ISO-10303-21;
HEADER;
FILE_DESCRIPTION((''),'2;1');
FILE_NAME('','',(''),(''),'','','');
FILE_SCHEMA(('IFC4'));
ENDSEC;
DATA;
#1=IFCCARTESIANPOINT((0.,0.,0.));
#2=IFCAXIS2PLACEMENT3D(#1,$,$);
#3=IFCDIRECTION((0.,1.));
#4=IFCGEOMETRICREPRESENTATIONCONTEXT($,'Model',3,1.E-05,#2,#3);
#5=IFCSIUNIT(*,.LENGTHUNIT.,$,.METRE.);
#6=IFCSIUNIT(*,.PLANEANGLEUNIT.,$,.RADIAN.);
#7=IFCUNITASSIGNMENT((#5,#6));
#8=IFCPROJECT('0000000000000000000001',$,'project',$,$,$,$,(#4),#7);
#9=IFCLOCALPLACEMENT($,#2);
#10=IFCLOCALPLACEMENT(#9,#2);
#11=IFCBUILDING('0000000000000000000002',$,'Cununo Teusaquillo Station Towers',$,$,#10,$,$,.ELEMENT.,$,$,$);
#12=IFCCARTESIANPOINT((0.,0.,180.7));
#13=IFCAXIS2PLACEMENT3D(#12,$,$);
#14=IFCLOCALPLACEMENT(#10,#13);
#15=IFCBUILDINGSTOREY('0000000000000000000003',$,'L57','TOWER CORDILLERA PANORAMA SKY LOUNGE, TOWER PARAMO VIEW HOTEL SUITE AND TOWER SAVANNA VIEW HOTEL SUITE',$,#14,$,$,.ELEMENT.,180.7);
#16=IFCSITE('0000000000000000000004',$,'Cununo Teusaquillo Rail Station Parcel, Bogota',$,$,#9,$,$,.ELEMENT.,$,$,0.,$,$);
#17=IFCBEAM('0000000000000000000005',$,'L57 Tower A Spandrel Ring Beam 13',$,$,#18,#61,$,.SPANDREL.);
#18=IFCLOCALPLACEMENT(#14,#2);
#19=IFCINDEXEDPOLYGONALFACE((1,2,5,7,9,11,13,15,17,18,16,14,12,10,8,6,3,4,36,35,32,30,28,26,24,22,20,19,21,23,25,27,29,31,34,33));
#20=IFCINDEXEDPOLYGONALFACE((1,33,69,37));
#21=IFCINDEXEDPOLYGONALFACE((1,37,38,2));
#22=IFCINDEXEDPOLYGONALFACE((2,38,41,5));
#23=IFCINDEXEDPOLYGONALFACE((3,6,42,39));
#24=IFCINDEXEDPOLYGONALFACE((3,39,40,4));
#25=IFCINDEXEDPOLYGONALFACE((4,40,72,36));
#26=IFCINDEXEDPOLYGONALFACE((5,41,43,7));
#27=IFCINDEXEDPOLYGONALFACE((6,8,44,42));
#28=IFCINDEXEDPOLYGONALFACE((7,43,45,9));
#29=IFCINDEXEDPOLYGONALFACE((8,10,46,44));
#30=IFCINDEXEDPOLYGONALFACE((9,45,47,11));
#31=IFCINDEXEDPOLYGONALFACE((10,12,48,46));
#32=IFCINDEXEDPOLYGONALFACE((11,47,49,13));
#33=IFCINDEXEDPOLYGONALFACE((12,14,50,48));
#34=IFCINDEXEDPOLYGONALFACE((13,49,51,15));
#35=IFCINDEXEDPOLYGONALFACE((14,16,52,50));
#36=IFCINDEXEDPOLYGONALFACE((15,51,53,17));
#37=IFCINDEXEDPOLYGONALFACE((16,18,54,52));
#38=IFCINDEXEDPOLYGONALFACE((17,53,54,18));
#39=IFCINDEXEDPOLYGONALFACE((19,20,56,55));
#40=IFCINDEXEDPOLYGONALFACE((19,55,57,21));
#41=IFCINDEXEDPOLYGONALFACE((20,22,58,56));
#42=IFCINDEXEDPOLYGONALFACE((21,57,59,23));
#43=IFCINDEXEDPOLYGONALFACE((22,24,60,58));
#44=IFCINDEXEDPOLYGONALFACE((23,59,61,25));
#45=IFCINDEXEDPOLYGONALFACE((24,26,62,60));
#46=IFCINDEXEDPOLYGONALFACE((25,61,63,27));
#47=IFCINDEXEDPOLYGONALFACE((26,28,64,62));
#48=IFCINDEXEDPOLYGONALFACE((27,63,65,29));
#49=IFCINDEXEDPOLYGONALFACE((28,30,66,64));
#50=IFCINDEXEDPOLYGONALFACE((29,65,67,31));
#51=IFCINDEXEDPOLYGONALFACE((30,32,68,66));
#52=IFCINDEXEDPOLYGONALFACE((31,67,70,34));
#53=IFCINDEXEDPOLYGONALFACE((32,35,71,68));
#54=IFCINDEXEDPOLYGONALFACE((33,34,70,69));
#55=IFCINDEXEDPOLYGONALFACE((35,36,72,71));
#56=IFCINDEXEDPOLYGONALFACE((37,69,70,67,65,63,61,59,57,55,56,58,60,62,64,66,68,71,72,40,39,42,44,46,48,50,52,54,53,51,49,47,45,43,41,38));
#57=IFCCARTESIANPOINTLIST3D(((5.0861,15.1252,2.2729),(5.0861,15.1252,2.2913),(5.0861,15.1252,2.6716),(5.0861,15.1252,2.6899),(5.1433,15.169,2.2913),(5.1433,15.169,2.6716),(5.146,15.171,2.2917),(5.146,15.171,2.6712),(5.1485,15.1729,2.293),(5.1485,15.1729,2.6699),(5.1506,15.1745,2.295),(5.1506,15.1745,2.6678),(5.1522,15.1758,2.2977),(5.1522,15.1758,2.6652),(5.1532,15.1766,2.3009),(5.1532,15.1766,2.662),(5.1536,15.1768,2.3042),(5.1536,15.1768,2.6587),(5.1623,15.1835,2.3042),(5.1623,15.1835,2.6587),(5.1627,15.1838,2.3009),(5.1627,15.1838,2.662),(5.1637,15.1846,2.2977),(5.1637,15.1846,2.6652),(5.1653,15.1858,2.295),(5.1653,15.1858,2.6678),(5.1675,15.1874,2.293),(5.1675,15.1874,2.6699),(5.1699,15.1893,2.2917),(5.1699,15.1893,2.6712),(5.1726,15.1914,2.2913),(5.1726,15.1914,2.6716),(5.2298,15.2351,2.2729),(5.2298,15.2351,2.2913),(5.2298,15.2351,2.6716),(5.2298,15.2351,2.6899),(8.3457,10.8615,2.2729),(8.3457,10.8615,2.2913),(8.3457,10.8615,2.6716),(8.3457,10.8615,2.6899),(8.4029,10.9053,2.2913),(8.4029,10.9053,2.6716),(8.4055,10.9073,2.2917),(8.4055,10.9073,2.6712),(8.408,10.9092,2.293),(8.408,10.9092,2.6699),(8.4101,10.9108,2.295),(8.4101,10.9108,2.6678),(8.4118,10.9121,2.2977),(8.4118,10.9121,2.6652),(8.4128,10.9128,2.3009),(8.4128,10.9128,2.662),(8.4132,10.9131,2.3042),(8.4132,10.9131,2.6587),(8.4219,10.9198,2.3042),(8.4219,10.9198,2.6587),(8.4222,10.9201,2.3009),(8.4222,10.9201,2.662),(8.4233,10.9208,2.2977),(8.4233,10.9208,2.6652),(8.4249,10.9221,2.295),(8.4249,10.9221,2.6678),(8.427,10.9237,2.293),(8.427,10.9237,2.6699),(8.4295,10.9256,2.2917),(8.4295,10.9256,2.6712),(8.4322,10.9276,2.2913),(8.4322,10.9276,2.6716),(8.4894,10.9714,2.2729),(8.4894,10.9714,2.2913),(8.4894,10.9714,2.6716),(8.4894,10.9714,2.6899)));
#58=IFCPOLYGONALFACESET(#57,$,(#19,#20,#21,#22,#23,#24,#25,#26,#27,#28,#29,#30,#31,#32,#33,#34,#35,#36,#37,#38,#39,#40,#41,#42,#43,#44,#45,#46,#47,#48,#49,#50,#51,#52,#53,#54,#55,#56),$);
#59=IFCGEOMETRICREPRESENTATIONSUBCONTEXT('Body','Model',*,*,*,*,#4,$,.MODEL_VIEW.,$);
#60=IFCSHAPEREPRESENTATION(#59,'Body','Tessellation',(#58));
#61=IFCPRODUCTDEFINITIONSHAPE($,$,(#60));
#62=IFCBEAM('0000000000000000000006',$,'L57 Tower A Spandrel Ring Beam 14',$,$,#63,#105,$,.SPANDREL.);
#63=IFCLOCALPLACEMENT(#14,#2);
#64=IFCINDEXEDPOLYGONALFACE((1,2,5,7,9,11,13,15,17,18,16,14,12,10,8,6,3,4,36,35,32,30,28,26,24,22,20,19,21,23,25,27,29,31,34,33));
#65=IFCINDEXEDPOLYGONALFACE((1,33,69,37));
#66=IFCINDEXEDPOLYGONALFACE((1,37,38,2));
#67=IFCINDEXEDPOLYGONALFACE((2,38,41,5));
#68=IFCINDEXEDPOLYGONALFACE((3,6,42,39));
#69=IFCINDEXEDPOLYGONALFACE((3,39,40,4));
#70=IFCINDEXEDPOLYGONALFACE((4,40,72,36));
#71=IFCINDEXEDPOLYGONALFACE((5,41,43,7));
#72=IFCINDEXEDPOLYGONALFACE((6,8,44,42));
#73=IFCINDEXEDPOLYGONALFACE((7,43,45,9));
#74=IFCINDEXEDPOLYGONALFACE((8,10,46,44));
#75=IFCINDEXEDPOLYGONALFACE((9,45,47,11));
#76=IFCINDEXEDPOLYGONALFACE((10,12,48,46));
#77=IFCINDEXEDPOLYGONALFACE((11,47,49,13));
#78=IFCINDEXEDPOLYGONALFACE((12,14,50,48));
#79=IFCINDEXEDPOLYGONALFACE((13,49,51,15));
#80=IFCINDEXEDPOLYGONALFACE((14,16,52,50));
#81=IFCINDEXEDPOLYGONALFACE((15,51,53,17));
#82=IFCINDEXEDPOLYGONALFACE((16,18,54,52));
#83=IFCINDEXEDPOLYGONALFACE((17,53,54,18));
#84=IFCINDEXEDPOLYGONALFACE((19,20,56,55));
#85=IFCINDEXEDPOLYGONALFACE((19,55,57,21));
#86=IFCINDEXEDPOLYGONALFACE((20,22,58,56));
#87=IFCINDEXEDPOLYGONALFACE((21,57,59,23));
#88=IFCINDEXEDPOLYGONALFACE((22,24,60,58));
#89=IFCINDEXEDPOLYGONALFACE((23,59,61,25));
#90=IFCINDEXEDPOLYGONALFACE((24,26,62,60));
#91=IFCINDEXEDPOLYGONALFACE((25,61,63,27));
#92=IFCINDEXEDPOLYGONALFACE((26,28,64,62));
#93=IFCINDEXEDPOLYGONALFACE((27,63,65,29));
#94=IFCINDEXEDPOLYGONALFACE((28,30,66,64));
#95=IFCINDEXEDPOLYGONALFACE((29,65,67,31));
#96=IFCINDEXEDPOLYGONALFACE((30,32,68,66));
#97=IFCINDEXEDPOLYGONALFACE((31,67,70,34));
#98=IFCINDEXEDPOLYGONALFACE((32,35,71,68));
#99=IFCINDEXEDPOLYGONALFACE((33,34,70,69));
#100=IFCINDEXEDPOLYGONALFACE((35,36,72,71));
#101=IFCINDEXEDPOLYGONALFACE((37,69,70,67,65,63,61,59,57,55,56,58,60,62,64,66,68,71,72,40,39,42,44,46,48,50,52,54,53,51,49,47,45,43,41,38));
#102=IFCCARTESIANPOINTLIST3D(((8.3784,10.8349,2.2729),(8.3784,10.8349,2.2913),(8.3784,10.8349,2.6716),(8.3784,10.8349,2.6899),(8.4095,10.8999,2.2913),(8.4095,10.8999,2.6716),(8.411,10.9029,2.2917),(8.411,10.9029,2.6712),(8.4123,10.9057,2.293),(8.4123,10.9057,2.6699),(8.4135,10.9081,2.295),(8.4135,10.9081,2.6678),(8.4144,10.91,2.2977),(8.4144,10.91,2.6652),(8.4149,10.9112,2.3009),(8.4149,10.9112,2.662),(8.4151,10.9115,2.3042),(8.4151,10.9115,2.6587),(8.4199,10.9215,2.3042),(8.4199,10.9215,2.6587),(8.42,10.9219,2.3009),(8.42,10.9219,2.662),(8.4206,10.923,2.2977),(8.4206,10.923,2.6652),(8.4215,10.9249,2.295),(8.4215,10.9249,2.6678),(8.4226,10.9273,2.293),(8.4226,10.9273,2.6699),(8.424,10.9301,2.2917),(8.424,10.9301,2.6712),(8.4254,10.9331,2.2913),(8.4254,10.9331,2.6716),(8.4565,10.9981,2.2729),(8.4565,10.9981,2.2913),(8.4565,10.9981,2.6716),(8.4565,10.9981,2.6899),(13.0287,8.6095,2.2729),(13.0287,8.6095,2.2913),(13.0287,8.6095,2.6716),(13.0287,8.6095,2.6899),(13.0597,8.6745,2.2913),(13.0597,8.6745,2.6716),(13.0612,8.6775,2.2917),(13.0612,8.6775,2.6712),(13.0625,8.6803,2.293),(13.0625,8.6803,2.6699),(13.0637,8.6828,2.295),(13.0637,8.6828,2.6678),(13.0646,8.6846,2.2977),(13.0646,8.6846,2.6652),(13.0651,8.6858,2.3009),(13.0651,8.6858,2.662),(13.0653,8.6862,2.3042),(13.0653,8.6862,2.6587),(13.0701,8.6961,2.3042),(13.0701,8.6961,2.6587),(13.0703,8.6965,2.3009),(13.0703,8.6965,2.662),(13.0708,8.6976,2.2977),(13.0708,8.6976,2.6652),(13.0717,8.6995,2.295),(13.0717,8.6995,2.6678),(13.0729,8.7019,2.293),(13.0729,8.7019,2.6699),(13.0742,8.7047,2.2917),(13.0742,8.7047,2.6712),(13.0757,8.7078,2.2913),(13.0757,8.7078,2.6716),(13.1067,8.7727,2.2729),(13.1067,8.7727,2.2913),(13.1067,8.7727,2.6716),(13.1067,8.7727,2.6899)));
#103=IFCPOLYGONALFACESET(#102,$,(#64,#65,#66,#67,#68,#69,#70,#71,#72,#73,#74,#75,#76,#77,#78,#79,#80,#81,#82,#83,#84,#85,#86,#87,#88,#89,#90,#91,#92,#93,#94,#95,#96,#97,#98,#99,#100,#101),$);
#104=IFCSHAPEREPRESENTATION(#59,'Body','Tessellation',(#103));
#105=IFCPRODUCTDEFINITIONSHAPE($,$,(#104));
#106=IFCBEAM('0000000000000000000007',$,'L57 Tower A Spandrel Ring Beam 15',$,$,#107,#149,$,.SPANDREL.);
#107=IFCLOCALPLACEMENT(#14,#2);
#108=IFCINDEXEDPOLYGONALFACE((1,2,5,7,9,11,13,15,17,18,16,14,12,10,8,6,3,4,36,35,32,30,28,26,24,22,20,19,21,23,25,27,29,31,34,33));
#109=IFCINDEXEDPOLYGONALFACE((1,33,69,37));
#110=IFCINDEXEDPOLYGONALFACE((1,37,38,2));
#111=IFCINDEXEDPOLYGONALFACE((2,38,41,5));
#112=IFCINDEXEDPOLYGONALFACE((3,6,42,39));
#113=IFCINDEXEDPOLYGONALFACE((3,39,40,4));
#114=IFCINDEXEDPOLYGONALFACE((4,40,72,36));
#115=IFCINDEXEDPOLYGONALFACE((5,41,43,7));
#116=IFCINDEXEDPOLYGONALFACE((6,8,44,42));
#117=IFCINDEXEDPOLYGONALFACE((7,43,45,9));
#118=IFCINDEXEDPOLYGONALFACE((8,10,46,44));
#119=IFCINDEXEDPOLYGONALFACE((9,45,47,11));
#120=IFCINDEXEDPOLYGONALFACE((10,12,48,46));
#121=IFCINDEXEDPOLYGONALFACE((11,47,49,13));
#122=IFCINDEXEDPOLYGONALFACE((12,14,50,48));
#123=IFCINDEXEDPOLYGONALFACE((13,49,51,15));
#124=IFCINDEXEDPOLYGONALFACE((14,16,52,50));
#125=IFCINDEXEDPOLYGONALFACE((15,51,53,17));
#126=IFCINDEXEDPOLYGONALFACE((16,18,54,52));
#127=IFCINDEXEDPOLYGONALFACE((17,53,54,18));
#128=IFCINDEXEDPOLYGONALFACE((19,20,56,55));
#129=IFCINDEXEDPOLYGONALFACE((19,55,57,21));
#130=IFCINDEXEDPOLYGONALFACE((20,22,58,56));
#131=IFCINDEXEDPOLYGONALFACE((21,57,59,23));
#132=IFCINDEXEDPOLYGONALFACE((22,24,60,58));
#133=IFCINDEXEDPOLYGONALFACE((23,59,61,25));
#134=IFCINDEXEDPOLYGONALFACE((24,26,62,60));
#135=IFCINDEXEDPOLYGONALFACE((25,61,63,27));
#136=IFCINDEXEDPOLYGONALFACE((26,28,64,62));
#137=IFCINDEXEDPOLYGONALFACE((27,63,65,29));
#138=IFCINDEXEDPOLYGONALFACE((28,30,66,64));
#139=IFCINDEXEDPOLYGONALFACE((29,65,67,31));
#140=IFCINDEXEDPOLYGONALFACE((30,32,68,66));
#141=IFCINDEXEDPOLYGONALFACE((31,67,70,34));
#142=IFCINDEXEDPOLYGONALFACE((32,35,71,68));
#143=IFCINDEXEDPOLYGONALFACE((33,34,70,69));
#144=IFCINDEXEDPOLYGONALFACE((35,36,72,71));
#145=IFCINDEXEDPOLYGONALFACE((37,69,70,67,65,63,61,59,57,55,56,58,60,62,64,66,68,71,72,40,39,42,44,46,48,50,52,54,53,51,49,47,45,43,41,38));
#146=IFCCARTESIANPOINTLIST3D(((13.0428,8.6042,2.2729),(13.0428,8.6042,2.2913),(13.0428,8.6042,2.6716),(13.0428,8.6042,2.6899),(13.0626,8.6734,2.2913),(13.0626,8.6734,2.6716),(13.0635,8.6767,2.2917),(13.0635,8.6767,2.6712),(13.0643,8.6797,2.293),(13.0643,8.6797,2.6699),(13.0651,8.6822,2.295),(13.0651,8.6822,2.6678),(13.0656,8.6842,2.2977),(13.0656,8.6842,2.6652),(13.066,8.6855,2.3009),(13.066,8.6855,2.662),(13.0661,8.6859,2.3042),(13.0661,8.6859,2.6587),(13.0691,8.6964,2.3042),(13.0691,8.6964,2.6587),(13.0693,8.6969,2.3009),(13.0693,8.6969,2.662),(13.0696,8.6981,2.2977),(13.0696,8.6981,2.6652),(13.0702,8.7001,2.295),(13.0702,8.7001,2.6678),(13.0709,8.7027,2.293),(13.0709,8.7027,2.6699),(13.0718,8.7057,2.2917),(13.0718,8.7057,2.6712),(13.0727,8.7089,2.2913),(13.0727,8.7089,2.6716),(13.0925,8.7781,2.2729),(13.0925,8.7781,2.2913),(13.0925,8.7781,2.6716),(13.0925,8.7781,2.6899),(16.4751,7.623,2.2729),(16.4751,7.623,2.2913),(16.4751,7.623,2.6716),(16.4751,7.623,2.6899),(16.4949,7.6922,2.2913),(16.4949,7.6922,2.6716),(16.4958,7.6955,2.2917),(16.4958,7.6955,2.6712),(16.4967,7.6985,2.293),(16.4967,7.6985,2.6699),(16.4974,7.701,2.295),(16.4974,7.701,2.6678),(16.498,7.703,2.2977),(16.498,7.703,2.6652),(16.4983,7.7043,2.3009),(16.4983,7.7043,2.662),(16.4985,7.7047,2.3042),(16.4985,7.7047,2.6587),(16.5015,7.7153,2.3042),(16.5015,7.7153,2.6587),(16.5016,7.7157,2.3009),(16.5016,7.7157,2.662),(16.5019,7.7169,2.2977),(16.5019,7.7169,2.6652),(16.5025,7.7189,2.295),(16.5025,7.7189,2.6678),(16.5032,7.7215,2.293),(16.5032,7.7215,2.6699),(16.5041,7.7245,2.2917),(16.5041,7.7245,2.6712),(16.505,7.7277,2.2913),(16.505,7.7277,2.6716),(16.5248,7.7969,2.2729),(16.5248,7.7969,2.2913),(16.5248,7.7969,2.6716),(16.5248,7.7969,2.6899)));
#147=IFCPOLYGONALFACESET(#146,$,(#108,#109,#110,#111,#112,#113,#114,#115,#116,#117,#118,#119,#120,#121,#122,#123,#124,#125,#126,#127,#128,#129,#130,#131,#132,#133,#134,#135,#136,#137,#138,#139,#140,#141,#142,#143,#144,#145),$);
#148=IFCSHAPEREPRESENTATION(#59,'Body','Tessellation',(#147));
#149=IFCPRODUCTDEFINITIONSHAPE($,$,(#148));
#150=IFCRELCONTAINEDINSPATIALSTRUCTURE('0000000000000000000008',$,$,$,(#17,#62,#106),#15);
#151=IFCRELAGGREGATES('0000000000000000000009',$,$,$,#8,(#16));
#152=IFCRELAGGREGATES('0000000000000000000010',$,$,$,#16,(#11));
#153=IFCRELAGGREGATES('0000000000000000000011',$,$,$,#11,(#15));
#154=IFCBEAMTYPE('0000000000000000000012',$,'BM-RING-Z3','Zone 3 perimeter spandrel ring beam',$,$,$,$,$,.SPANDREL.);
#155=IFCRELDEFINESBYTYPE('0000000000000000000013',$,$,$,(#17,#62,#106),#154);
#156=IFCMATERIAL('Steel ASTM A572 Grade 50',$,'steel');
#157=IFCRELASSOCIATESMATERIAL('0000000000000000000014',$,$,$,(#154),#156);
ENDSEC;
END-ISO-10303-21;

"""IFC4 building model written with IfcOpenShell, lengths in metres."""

from ifc_helpers import new_model, si_unit, direction, frame, origin, origin_2d, place, context, subcontext, project, spatial, i_section, extrude, material, material_profile, profile_set, type_object, element, save


model = new_model("IFC4")

# Units and contexts
model_context = context("Model", 3, precision=1e-05, world=origin(), true_north=direction((0.0, 1.0)))
body_context = subcontext(model_context, "Body", "Model", "MODEL_VIEW")
ifc_project = project(units=[si_unit("LENGTHUNIT", "METRE"), si_unit("PLANEANGLEUNIT", "RADIAN")], contexts=[model_context])

# Site, building, storey
site_placement = place(None, origin())
site = spatial("IfcSite", under=ifc_project, at=site_placement, Name="Cununo Teusaquillo Rail Station Parcel, Bogota", CompositionType="ELEMENT", RefElevation=0.0)
building_placement = place(site_placement, origin())
building = spatial("IfcBuilding", under=site, at=building_placement, Name="Cununo Teusaquillo Station Towers", CompositionType="ELEMENT")
storey_placement = place(building_placement, frame((0.0, 0.0, 180.7)))
storey = spatial("IfcBuildingStorey", under=building, at=storey_placement, Name="L57", Description="TOWER CORDILLERA PANORAMA SKY LOUNGE, TOWER PARAMO VIEW HOTEL SUITE AND TOWER SAVANNA VIEW HOTEL SUITE", CompositionType="ELEMENT", Elevation=180.7)

# Beams
ifc_material_1 = material(Name="Steel ASTM A572 Grade 50", Category="steel")
ifc_material_profile_1 = material_profile(ifc_material_1, i_section(OverallWidth=0.1809, OverallDepth=0.417, WebThickness=0.011, FlangeThickness=0.0183, FilletRadius=0.0129, at=origin_2d()), Name="W16X57")
ifc_profile_set_1 = profile_set([ifc_material_profile_1], Name="Steel ASTM A572 Grade 50")
beam_type = type_object("IfcBeamType", Name="BM-RING-Z3", Description="Zone 3 perimeter spandrel ring beam", PredefinedType="SPANDREL", material=ifc_profile_set_1)
beam_1_placement = place(storey_placement, frame((5.158, 15.1802, 2.4814), z_axis=(0.60734, -0.794442, 0.0), x_axis=(0.794442, 0.60734, 0.0)))
element("IfcBeam", 1, at=beam_1_placement, inside=storey, type_object=beam_type, Name="L57 Tower A Spandrel Ring Beam 13", PredefinedType="SPANDREL", context=body_context, shape_type="SweptSolid", body=[
    extrude(i_section(OverallWidth=0.1809, OverallDepth=0.417, WebThickness=0.011, FlangeThickness=0.0183, FilletRadius=0.0129, at=origin_2d()), origin(), (0.0, 0.0, 1.0), 5.3669),
])
beam_2_placement = place(storey_placement, frame((8.4175, 10.9165, 2.4814), z_axis=(0.902032, -0.43167, 0.0), x_axis=(0.43167, 0.902032, 0.0)))
element("IfcBeam", 2, at=beam_2_placement, inside=storey, type_object=beam_type, Name="L57 Tower A Spandrel Ring Beam 14", PredefinedType="SPANDREL", context=body_context, shape_type="SweptSolid", body=[
    extrude(i_section(OverallWidth=0.1809, OverallDepth=0.417, WebThickness=0.011, FlangeThickness=0.0183, FilletRadius=0.0129, at=origin_2d()), origin(), (0.0, 0.0, 1.0), 5.1553),
])
beam_3_placement = place(storey_placement, frame((13.0676, 8.6912, 2.4814), z_axis=(0.961485, -0.274857, 0.0), x_axis=(0.274857, 0.961485, 0.0)))
element("IfcBeam", 3, at=beam_3_placement, inside=storey, type_object=beam_type, Name="L57 Tower A Spandrel Ring Beam 15", PredefinedType="SPANDREL", context=body_context, shape_type="SweptSolid", body=[
    extrude(i_section(OverallWidth=0.1809, OverallDepth=0.417, WebThickness=0.011, FlangeThickness=0.0183, FilletRadius=0.0129, at=origin_2d()), origin(), (0.0, 0.0, 1.0), 3.5698),
])

save(model, "model.ifc")
